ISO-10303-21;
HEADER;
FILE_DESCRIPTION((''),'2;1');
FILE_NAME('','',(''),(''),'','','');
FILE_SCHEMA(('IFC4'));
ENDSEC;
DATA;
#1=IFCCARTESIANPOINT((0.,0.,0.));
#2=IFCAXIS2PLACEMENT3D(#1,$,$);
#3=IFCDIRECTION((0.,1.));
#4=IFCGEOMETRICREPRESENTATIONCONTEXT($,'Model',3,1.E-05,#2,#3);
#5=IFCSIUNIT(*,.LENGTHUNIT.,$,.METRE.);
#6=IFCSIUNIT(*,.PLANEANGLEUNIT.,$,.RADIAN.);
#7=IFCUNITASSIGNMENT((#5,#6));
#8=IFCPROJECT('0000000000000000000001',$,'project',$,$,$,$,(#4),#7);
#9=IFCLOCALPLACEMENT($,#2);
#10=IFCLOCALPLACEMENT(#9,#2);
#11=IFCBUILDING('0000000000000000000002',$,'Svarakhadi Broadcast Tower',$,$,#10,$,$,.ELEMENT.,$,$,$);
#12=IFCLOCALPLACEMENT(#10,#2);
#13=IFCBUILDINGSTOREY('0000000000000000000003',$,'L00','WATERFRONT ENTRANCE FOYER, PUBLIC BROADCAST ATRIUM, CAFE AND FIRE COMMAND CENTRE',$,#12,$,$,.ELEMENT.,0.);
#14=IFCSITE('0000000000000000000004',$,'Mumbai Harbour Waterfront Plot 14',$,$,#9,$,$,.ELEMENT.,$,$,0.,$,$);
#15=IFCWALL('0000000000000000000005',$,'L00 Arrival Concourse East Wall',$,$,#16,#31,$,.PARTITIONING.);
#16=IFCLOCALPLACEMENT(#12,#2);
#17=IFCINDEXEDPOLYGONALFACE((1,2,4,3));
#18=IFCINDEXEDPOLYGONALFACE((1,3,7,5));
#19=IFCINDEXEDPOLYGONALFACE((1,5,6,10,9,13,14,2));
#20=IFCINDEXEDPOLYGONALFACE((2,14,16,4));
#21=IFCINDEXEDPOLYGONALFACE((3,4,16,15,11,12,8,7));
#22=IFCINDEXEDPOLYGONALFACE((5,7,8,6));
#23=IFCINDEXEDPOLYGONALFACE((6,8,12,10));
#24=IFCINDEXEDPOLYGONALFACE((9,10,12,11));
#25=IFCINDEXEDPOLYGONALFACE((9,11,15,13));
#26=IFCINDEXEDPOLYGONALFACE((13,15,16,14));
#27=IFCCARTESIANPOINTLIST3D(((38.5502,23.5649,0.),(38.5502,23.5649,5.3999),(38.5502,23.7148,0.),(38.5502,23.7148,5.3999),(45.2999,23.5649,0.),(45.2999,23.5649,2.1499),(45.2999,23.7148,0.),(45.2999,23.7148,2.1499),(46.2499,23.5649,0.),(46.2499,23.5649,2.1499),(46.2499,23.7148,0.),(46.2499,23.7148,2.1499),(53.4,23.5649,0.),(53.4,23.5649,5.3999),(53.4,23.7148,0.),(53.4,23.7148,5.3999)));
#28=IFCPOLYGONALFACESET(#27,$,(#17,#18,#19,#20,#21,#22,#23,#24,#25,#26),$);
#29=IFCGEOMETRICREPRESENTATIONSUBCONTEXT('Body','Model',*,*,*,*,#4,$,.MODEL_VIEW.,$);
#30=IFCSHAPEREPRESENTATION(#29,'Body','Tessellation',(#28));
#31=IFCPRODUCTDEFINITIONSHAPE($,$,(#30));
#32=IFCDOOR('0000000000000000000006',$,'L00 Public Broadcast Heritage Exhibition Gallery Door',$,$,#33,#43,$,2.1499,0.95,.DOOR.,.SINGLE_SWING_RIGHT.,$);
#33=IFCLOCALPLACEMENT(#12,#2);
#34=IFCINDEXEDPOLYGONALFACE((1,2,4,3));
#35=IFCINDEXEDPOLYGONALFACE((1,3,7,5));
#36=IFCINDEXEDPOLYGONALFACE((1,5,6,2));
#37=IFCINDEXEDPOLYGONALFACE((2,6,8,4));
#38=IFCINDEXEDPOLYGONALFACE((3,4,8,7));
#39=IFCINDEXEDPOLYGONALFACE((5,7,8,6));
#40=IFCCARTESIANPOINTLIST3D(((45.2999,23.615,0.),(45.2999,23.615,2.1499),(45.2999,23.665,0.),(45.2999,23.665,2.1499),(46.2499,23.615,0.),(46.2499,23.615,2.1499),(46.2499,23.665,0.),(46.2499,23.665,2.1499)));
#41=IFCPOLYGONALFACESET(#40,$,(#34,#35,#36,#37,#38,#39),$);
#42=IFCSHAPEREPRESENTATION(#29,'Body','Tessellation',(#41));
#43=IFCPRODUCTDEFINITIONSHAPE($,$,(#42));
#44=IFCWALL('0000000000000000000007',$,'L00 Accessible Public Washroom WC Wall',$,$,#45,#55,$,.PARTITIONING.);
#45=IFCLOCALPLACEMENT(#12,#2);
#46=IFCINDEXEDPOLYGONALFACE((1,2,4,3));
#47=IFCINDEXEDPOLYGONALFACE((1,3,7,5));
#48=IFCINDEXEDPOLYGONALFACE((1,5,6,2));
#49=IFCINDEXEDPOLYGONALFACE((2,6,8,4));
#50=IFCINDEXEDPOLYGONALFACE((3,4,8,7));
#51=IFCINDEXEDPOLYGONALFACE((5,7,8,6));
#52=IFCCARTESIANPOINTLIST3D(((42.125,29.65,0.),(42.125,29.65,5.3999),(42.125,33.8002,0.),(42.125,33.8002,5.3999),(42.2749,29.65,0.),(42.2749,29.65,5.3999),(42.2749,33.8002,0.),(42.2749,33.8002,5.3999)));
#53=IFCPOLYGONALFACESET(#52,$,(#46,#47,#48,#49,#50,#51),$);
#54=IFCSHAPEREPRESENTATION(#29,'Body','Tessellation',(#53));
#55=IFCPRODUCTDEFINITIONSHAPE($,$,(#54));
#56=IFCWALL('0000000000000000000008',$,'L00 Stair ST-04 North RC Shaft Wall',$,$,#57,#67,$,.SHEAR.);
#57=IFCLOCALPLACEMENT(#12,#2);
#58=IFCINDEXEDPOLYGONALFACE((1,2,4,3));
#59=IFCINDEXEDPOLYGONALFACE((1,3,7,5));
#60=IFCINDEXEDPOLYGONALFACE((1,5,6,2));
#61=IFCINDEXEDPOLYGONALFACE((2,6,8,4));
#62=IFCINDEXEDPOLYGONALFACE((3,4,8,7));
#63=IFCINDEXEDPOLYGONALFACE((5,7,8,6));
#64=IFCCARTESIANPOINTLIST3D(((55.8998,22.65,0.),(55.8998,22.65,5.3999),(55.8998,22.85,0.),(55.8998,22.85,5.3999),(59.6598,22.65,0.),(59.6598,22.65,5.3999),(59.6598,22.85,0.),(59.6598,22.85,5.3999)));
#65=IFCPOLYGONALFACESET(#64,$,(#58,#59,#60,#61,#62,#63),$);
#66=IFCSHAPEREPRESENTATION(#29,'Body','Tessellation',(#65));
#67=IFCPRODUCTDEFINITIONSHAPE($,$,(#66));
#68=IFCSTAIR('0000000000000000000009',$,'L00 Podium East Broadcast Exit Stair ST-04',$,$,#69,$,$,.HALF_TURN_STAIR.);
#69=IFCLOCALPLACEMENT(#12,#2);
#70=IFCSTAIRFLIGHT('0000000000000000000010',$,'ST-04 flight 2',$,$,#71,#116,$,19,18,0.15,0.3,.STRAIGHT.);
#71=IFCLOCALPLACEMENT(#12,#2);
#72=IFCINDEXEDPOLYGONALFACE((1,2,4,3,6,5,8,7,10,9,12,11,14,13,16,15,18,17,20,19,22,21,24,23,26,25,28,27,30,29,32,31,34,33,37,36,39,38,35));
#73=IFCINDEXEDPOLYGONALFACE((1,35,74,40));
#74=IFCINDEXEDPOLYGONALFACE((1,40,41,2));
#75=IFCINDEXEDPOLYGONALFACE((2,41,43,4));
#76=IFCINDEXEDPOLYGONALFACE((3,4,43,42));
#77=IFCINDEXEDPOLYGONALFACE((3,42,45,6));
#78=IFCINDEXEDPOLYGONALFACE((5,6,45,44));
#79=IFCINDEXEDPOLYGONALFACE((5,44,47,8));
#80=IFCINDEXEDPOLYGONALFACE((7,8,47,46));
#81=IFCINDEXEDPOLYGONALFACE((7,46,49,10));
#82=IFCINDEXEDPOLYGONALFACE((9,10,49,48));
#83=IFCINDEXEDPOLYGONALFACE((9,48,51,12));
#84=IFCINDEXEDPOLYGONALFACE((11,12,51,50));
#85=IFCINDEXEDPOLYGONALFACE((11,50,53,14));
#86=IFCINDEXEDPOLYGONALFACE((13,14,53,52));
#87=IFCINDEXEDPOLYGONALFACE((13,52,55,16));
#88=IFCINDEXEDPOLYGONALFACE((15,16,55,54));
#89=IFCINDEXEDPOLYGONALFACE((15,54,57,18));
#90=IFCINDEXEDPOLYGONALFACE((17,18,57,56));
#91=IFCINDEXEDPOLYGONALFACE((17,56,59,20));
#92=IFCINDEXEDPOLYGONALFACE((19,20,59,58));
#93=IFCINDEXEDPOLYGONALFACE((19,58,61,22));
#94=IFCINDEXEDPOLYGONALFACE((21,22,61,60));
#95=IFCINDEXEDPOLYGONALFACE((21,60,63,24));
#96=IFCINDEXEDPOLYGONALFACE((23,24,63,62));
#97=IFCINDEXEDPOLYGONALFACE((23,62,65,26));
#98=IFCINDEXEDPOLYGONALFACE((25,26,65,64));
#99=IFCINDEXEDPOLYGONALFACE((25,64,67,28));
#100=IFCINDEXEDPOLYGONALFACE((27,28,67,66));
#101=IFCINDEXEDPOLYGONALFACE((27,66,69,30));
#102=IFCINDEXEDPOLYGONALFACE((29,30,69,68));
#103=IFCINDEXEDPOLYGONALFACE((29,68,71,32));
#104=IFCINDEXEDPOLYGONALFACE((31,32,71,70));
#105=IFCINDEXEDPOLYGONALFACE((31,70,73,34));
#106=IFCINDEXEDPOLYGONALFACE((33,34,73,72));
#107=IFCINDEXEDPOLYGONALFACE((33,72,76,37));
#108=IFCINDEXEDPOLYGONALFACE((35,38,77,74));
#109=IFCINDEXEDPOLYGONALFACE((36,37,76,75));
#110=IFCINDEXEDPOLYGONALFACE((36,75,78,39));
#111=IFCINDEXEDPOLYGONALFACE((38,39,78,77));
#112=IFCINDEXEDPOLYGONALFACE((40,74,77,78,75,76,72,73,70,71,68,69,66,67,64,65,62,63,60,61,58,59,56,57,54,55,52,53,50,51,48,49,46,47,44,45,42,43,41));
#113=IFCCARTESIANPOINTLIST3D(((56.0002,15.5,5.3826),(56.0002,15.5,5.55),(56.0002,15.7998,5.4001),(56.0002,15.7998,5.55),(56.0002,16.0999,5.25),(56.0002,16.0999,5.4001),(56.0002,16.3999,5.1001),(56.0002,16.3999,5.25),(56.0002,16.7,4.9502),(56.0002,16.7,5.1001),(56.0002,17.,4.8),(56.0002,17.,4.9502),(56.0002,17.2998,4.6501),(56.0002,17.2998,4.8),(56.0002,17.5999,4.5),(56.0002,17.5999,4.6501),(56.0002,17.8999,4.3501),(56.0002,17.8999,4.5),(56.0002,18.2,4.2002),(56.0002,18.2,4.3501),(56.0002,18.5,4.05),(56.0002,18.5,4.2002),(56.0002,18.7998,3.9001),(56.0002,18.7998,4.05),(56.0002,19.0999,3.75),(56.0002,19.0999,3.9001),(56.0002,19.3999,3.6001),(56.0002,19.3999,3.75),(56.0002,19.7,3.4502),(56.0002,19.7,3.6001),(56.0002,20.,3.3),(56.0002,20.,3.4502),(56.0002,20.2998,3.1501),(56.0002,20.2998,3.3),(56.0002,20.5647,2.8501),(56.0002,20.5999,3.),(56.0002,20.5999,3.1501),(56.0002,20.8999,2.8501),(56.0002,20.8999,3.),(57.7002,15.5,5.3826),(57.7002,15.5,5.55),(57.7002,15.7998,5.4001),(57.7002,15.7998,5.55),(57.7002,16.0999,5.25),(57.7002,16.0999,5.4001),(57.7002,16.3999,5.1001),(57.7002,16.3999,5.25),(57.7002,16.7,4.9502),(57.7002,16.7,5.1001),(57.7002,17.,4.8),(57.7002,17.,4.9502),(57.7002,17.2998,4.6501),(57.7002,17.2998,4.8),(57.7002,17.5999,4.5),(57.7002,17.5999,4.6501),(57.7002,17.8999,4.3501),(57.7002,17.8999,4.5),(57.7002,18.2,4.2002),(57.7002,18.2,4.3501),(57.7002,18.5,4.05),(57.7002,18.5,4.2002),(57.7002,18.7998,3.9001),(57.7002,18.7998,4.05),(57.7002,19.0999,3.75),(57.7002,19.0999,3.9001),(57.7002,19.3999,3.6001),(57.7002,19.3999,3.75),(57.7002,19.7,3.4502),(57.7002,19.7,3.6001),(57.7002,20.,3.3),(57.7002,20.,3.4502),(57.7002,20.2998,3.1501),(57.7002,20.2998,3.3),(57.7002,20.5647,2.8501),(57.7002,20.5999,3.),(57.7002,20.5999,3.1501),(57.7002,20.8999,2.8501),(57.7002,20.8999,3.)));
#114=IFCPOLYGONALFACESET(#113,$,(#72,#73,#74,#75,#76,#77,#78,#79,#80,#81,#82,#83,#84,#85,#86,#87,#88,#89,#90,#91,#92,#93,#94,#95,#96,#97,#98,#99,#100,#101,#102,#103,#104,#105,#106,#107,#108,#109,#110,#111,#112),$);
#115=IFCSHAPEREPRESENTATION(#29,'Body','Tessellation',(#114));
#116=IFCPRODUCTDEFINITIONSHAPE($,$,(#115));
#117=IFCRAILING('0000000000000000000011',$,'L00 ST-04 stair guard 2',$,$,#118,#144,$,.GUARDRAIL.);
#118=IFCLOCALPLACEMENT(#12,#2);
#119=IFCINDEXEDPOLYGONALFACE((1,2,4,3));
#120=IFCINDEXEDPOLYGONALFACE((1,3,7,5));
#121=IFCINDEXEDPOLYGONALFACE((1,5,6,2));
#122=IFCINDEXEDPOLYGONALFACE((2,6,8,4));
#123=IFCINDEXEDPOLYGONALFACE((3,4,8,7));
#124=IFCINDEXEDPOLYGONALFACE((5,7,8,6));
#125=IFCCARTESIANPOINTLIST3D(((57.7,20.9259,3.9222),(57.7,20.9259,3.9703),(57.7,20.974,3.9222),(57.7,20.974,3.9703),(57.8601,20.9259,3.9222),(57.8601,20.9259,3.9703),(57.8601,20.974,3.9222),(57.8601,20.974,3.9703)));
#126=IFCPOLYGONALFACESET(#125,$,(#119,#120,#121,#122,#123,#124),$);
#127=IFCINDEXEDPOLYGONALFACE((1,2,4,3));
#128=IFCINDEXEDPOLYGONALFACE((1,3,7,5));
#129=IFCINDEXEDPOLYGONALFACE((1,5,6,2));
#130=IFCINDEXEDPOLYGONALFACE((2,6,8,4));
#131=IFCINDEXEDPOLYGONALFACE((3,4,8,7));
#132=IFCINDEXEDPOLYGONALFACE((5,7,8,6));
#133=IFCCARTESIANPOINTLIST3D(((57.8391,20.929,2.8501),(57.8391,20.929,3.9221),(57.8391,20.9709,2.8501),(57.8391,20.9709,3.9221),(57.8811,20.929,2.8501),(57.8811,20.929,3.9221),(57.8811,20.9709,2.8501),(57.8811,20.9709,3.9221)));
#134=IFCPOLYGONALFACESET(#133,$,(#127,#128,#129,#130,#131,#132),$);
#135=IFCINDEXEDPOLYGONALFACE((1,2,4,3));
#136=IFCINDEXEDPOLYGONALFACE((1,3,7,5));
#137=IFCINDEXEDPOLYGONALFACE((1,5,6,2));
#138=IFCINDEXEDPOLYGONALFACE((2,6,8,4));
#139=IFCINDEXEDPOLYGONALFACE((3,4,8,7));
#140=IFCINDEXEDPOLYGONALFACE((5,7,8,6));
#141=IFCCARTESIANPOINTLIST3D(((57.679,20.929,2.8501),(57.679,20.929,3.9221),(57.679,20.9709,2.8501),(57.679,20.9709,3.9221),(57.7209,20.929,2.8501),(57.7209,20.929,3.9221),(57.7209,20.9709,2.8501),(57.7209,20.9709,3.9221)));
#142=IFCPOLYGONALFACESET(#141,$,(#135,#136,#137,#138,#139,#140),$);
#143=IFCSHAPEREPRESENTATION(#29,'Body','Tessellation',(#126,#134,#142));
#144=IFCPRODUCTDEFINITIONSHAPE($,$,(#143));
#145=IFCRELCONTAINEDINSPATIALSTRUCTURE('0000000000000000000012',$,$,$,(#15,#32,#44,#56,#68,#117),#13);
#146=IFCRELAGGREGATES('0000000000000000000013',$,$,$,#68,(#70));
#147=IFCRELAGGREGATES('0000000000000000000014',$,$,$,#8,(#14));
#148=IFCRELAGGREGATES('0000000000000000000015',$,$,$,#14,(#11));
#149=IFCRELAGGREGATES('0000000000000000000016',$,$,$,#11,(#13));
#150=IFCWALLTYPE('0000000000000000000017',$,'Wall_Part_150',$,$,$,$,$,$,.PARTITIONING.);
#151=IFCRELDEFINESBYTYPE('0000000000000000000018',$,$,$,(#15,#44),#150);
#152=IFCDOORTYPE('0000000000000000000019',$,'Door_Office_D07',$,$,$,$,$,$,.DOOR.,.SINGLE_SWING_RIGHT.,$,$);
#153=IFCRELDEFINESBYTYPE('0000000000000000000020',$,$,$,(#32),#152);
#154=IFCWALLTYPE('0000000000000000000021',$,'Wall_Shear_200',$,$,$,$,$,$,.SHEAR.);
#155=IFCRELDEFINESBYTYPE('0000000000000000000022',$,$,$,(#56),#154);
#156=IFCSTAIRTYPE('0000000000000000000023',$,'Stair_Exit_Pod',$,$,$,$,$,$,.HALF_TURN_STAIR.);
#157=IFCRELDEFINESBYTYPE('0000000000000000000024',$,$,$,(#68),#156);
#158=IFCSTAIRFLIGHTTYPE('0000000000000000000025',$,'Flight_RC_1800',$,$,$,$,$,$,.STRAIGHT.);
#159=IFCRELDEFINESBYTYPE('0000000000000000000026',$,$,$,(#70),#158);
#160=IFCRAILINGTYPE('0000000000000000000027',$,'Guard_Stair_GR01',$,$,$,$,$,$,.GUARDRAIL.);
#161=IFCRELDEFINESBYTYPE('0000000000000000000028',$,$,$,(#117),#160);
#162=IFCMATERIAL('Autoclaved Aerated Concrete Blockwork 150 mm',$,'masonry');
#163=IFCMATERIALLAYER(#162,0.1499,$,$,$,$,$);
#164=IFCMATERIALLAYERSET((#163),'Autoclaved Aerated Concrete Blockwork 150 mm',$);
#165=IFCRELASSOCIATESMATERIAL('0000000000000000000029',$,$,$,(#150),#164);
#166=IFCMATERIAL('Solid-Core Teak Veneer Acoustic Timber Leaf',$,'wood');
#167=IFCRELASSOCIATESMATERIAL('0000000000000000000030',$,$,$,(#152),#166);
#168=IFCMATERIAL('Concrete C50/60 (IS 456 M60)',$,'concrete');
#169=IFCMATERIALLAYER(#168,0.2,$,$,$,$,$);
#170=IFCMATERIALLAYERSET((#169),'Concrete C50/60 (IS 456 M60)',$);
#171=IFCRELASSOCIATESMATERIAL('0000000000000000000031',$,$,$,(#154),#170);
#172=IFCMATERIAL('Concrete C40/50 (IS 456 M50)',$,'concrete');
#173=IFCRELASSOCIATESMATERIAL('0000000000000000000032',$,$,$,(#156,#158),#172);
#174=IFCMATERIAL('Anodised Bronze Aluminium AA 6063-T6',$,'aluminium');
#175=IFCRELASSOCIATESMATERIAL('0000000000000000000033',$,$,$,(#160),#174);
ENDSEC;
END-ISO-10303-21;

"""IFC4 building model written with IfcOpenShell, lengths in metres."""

from ifc_helpers import new_model, si_unit, direction, frame, frame_2d, origin, origin_2d, place, context, subcontext, project, spatial, polyline, rectangle, outline, extrude, material, layer, layer_set, type_object, element, fill, aggregate, save


model = new_model("IFC4")

# Units and contexts
model_context = context("Model", 3, precision=1e-05, world=origin(), true_north=direction((0.0, 1.0)))
body_context = subcontext(model_context, "Body", "Model", "MODEL_VIEW")
ifc_project = project(units=[si_unit("LENGTHUNIT", "METRE"), si_unit("PLANEANGLEUNIT", "RADIAN")], contexts=[model_context])

# Site, building, storey
site_placement = place(None, origin())
site = spatial("IfcSite", under=ifc_project, at=site_placement, Name="Mumbai Harbour Waterfront Plot 14", CompositionType="ELEMENT", RefElevation=0.0)
building_placement = place(site_placement, origin())
building = spatial("IfcBuilding", under=site, at=building_placement, Name="Svarakhadi Broadcast Tower", CompositionType="ELEMENT")
storey_placement = place(building_placement, origin())
storey = spatial("IfcBuildingStorey", under=building, at=storey_placement, Name="L00", Description="WATERFRONT ENTRANCE FOYER, PUBLIC BROADCAST ATRIUM, CAFE AND FIRE COMMAND CENTRE", CompositionType="ELEMENT", Elevation=0.0)

# Shared definitions
ifc_material_1 = material(Name="Anodised Bronze Aluminium AA 6063-T6", Category="aluminium")

# Shared definitions
ifc_material_2 = material(Name="Concrete C40/50 (IS 456 M50)", Category="concrete")

# Shared definitions
ifc_material_3 = material(Name="Autoclaved Aerated Concrete Blockwork 150 mm", Category="masonry")
ifc_layer_1 = layer(ifc_material_3, 0.1499)
ifc_layer_set_1 = layer_set([ifc_layer_1], Name="Autoclaved Aerated Concrete Blockwork 150 mm")
wall_type_1 = type_object("IfcWallType", Name="Wall_Part_150", PredefinedType="PARTITIONING", material=ifc_layer_set_1)

# Wall, opening, door
wall_1_placement = place(storey_placement, frame((53.3999, 23.6399, 0.0), z_axis=(0.0, 0.0, 1.0), x_axis=(-1.0, 0.0, 0.0)))
wall_1 = element("IfcWall", 1, at=wall_1_placement, inside=storey, type_object=wall_type_1, Name="L00 Arrival Concourse East Wall", PredefinedType="PARTITIONING", context=body_context, shape_type="SweptSolid", body=[
    extrude(rectangle(XDim=14.8499, YDim=0.1499, at=frame_2d((7.4248, 0.0))), origin(), (0.0, 0.0, 1.0), 5.3999),
])
opening_1_placement = place(wall_1_placement, frame((7.1499, 0.0, 0.0)))
opening_1 = element("IfcOpeningElement", 2, at=opening_1_placement, cuts=wall_1, PredefinedType="OPENING", context=body_context, shape_type="SweptSolid", body=[
    extrude(rectangle(XDim=0.95, YDim=2.1499, at=frame_2d((0.4751, 1.075))), frame((0.0, 0.085, 0.0), z_axis=(0.0, -1.0, 0.0), x_axis=(1.0, 0.0, 0.0)), (0.0, 0.0, 1.0), 0.1699),
])
ifc_material_4 = material(Name="Solid-Core Teak Veneer Acoustic Timber Leaf", Category="wood")
door_type_1 = type_object("IfcDoorType", Name="Door_Office_D07", OperationType="SINGLE_SWING_RIGHT", PredefinedType="DOOR", material=ifc_material_4)
door_1_placement = place(opening_1_placement, origin())
door_1 = element("IfcDoor", 3, at=door_1_placement, inside=storey, type_object=door_type_1, Name="L00 Public Broadcast Heritage Exhibition Gallery Door", OperationType="SINGLE_SWING_RIGHT", OverallHeight=2.1499, OverallWidth=0.95, PredefinedType="DOOR", context=body_context, shape_type="SweptSolid", body=[
    extrude(rectangle(XDim=0.95, YDim=2.1499, at=frame_2d((0.4751, 1.075))), frame((0.0, 0.0249, 0.0), z_axis=(0.0, -1.0, 0.0), x_axis=(1.0, 0.0, 0.0)), (0.0, 0.0, 1.0), 0.05),
])
fill(opening_1, door_1)

# Walls
wall_2_placement = place(storey_placement, frame((42.2, 29.6499, 0.0), z_axis=(0.0, 0.0, 1.0), x_axis=(0.0, 1.0, 0.0)))
element("IfcWall", 4, at=wall_2_placement, inside=storey, type_object=wall_type_1, Name="L00 Accessible Public Washroom WC Wall", PredefinedType="PARTITIONING", context=body_context, shape_type="SweptSolid", body=[
    extrude(rectangle(XDim=4.1501, YDim=0.1499, at=frame_2d((2.0752, 0.0))), origin(), (0.0, 0.0, 1.0), 5.3999),
])
ifc_material_5 = material(Name="Concrete C50/60 (IS 456 M60)", Category="concrete")
ifc_layer_2 = layer(ifc_material_5, 0.2)
ifc_layer_set_2 = layer_set([ifc_layer_2], Name="Concrete C50/60 (IS 456 M60)")
wall_type_2 = type_object("IfcWallType", Name="Wall_Shear_200", PredefinedType="SHEAR", material=ifc_layer_set_2)
wall_3_placement = place(storey_placement, frame((55.8999, 22.75, 0.0), z_axis=(0.0, 0.0, 1.0), x_axis=(1.0, 0.0, 0.0)))
element("IfcWall", 5, at=wall_3_placement, inside=storey, type_object=wall_type_2, Name="L00 Stair ST-04 North RC Shaft Wall", PredefinedType="SHEAR", context=body_context, shape_type="SweptSolid", body=[
    extrude(rectangle(XDim=3.76, YDim=0.2, at=frame_2d((1.8799, 0.0))), origin(), (0.0, 0.0, 1.0), 5.3999),
])

# Stair, stair flight
stair_type = type_object("IfcStairType", Name="Stair_Exit_Pod", PredefinedType="HALF_TURN_STAIR", material=ifc_material_2)
stair_placement = place(storey_placement, origin())
stair = element("IfcStair", 6, at=stair_placement, inside=storey, type_object=stair_type, Name="L00 Podium East Broadcast Exit Stair ST-04", PredefinedType="HALF_TURN_STAIR")
stair_flight_type = type_object("IfcStairFlightType", Name="Flight_RC_1800", PredefinedType="STRAIGHT", material=ifc_material_2)
stair_flight_placement = place(storey_placement, frame((56.8501, 20.8999, 2.8501), z_axis=(0.0, 0.0, 1.0), x_axis=(0.0, -1.0, 0.0)))
stair_flight = element("IfcStairFlight", 7, at=stair_flight_placement, type_object=stair_flight_type, Name="ST-04 flight 2", NumberOfRisers=19, NumberOfTreads=18, PredefinedType="STRAIGHT", RiserHeight=0.15, TreadLength=0.3, context=body_context, shape_type="SweptSolid", body=[
    extrude(outline(polyline([(0.0, 0.0), (0.0, 0.1499), (0.3, 0.1499), (0.3, 0.3), (0.6001, 0.3), (0.6001, 0.45), (0.8999, 0.45), (0.8999, 0.6001), (1.2, 0.6001), (1.2, 0.75), (1.5, 0.75), (1.5, 0.8999), (1.8, 0.8999), (1.8, 1.05), (2.1001, 1.05), (2.1001, 1.2), (2.3999, 1.2), (2.3999, 1.3501), (2.7, 1.3501), (2.7, 1.5), (3.0, 1.5), (3.0, 1.6499), (3.3, 1.6499), (3.3, 1.8), (3.6001, 1.8), (3.6001, 1.95), (3.8999, 1.95), (3.8999, 2.1001), (4.2, 2.1001), (4.2, 2.25), (4.5, 2.25), (4.5, 2.3999), (4.8, 2.3999), (4.8, 2.55), (5.1001, 2.55), (5.1001, 2.7), (5.3999, 2.7), (5.3999, 2.8501), (5.3999, 2.5325), (0.3352, 0.0), (0.0, 0.0)])), frame((0.0, 0.8501, 0.0), z_axis=(0.0, -1.0, 0.0), x_axis=(1.0, 0.0, 0.0)), (0.0, 0.0, 1.0), 1.7),
])
aggregate(stair, [stair_flight])

# Railing
railing_type_1 = type_object("IfcRailingType", Name="Guard_Stair_GR01", PredefinedType="GUARDRAIL", material=ifc_material_1)
railing_1_placement = place(storey_placement, frame((57.8601, 20.95, 2.8501)))
element("IfcRailing", 8, at=railing_1_placement, inside=storey, type_object=railing_type_1, Name="L00 ST-04 stair guard 2", PredefinedType="GUARDRAIL", context=body_context, shape_type="SweptSolid", body=[
    extrude(rectangle(XDim=0.0481, YDim=0.0481, at=origin_2d()), frame((0.0, 0.0, 1.0962), z_axis=(-1.0, 0.0, 0.0), x_axis=(0.0, -1.0, 0.0)), (0.0, 0.0, 1.0), 0.1602),
    extrude(rectangle(XDim=0.042, YDim=0.042, at=origin_2d()), origin(), (0.0, 0.0, 1.0), 1.072),
    extrude(rectangle(XDim=0.042, YDim=0.042, at=origin_2d()), frame((-0.1602, 0.0, 0.0)), (0.0, 0.0, 1.0), 1.072),
])

save(model, "model.ifc")
